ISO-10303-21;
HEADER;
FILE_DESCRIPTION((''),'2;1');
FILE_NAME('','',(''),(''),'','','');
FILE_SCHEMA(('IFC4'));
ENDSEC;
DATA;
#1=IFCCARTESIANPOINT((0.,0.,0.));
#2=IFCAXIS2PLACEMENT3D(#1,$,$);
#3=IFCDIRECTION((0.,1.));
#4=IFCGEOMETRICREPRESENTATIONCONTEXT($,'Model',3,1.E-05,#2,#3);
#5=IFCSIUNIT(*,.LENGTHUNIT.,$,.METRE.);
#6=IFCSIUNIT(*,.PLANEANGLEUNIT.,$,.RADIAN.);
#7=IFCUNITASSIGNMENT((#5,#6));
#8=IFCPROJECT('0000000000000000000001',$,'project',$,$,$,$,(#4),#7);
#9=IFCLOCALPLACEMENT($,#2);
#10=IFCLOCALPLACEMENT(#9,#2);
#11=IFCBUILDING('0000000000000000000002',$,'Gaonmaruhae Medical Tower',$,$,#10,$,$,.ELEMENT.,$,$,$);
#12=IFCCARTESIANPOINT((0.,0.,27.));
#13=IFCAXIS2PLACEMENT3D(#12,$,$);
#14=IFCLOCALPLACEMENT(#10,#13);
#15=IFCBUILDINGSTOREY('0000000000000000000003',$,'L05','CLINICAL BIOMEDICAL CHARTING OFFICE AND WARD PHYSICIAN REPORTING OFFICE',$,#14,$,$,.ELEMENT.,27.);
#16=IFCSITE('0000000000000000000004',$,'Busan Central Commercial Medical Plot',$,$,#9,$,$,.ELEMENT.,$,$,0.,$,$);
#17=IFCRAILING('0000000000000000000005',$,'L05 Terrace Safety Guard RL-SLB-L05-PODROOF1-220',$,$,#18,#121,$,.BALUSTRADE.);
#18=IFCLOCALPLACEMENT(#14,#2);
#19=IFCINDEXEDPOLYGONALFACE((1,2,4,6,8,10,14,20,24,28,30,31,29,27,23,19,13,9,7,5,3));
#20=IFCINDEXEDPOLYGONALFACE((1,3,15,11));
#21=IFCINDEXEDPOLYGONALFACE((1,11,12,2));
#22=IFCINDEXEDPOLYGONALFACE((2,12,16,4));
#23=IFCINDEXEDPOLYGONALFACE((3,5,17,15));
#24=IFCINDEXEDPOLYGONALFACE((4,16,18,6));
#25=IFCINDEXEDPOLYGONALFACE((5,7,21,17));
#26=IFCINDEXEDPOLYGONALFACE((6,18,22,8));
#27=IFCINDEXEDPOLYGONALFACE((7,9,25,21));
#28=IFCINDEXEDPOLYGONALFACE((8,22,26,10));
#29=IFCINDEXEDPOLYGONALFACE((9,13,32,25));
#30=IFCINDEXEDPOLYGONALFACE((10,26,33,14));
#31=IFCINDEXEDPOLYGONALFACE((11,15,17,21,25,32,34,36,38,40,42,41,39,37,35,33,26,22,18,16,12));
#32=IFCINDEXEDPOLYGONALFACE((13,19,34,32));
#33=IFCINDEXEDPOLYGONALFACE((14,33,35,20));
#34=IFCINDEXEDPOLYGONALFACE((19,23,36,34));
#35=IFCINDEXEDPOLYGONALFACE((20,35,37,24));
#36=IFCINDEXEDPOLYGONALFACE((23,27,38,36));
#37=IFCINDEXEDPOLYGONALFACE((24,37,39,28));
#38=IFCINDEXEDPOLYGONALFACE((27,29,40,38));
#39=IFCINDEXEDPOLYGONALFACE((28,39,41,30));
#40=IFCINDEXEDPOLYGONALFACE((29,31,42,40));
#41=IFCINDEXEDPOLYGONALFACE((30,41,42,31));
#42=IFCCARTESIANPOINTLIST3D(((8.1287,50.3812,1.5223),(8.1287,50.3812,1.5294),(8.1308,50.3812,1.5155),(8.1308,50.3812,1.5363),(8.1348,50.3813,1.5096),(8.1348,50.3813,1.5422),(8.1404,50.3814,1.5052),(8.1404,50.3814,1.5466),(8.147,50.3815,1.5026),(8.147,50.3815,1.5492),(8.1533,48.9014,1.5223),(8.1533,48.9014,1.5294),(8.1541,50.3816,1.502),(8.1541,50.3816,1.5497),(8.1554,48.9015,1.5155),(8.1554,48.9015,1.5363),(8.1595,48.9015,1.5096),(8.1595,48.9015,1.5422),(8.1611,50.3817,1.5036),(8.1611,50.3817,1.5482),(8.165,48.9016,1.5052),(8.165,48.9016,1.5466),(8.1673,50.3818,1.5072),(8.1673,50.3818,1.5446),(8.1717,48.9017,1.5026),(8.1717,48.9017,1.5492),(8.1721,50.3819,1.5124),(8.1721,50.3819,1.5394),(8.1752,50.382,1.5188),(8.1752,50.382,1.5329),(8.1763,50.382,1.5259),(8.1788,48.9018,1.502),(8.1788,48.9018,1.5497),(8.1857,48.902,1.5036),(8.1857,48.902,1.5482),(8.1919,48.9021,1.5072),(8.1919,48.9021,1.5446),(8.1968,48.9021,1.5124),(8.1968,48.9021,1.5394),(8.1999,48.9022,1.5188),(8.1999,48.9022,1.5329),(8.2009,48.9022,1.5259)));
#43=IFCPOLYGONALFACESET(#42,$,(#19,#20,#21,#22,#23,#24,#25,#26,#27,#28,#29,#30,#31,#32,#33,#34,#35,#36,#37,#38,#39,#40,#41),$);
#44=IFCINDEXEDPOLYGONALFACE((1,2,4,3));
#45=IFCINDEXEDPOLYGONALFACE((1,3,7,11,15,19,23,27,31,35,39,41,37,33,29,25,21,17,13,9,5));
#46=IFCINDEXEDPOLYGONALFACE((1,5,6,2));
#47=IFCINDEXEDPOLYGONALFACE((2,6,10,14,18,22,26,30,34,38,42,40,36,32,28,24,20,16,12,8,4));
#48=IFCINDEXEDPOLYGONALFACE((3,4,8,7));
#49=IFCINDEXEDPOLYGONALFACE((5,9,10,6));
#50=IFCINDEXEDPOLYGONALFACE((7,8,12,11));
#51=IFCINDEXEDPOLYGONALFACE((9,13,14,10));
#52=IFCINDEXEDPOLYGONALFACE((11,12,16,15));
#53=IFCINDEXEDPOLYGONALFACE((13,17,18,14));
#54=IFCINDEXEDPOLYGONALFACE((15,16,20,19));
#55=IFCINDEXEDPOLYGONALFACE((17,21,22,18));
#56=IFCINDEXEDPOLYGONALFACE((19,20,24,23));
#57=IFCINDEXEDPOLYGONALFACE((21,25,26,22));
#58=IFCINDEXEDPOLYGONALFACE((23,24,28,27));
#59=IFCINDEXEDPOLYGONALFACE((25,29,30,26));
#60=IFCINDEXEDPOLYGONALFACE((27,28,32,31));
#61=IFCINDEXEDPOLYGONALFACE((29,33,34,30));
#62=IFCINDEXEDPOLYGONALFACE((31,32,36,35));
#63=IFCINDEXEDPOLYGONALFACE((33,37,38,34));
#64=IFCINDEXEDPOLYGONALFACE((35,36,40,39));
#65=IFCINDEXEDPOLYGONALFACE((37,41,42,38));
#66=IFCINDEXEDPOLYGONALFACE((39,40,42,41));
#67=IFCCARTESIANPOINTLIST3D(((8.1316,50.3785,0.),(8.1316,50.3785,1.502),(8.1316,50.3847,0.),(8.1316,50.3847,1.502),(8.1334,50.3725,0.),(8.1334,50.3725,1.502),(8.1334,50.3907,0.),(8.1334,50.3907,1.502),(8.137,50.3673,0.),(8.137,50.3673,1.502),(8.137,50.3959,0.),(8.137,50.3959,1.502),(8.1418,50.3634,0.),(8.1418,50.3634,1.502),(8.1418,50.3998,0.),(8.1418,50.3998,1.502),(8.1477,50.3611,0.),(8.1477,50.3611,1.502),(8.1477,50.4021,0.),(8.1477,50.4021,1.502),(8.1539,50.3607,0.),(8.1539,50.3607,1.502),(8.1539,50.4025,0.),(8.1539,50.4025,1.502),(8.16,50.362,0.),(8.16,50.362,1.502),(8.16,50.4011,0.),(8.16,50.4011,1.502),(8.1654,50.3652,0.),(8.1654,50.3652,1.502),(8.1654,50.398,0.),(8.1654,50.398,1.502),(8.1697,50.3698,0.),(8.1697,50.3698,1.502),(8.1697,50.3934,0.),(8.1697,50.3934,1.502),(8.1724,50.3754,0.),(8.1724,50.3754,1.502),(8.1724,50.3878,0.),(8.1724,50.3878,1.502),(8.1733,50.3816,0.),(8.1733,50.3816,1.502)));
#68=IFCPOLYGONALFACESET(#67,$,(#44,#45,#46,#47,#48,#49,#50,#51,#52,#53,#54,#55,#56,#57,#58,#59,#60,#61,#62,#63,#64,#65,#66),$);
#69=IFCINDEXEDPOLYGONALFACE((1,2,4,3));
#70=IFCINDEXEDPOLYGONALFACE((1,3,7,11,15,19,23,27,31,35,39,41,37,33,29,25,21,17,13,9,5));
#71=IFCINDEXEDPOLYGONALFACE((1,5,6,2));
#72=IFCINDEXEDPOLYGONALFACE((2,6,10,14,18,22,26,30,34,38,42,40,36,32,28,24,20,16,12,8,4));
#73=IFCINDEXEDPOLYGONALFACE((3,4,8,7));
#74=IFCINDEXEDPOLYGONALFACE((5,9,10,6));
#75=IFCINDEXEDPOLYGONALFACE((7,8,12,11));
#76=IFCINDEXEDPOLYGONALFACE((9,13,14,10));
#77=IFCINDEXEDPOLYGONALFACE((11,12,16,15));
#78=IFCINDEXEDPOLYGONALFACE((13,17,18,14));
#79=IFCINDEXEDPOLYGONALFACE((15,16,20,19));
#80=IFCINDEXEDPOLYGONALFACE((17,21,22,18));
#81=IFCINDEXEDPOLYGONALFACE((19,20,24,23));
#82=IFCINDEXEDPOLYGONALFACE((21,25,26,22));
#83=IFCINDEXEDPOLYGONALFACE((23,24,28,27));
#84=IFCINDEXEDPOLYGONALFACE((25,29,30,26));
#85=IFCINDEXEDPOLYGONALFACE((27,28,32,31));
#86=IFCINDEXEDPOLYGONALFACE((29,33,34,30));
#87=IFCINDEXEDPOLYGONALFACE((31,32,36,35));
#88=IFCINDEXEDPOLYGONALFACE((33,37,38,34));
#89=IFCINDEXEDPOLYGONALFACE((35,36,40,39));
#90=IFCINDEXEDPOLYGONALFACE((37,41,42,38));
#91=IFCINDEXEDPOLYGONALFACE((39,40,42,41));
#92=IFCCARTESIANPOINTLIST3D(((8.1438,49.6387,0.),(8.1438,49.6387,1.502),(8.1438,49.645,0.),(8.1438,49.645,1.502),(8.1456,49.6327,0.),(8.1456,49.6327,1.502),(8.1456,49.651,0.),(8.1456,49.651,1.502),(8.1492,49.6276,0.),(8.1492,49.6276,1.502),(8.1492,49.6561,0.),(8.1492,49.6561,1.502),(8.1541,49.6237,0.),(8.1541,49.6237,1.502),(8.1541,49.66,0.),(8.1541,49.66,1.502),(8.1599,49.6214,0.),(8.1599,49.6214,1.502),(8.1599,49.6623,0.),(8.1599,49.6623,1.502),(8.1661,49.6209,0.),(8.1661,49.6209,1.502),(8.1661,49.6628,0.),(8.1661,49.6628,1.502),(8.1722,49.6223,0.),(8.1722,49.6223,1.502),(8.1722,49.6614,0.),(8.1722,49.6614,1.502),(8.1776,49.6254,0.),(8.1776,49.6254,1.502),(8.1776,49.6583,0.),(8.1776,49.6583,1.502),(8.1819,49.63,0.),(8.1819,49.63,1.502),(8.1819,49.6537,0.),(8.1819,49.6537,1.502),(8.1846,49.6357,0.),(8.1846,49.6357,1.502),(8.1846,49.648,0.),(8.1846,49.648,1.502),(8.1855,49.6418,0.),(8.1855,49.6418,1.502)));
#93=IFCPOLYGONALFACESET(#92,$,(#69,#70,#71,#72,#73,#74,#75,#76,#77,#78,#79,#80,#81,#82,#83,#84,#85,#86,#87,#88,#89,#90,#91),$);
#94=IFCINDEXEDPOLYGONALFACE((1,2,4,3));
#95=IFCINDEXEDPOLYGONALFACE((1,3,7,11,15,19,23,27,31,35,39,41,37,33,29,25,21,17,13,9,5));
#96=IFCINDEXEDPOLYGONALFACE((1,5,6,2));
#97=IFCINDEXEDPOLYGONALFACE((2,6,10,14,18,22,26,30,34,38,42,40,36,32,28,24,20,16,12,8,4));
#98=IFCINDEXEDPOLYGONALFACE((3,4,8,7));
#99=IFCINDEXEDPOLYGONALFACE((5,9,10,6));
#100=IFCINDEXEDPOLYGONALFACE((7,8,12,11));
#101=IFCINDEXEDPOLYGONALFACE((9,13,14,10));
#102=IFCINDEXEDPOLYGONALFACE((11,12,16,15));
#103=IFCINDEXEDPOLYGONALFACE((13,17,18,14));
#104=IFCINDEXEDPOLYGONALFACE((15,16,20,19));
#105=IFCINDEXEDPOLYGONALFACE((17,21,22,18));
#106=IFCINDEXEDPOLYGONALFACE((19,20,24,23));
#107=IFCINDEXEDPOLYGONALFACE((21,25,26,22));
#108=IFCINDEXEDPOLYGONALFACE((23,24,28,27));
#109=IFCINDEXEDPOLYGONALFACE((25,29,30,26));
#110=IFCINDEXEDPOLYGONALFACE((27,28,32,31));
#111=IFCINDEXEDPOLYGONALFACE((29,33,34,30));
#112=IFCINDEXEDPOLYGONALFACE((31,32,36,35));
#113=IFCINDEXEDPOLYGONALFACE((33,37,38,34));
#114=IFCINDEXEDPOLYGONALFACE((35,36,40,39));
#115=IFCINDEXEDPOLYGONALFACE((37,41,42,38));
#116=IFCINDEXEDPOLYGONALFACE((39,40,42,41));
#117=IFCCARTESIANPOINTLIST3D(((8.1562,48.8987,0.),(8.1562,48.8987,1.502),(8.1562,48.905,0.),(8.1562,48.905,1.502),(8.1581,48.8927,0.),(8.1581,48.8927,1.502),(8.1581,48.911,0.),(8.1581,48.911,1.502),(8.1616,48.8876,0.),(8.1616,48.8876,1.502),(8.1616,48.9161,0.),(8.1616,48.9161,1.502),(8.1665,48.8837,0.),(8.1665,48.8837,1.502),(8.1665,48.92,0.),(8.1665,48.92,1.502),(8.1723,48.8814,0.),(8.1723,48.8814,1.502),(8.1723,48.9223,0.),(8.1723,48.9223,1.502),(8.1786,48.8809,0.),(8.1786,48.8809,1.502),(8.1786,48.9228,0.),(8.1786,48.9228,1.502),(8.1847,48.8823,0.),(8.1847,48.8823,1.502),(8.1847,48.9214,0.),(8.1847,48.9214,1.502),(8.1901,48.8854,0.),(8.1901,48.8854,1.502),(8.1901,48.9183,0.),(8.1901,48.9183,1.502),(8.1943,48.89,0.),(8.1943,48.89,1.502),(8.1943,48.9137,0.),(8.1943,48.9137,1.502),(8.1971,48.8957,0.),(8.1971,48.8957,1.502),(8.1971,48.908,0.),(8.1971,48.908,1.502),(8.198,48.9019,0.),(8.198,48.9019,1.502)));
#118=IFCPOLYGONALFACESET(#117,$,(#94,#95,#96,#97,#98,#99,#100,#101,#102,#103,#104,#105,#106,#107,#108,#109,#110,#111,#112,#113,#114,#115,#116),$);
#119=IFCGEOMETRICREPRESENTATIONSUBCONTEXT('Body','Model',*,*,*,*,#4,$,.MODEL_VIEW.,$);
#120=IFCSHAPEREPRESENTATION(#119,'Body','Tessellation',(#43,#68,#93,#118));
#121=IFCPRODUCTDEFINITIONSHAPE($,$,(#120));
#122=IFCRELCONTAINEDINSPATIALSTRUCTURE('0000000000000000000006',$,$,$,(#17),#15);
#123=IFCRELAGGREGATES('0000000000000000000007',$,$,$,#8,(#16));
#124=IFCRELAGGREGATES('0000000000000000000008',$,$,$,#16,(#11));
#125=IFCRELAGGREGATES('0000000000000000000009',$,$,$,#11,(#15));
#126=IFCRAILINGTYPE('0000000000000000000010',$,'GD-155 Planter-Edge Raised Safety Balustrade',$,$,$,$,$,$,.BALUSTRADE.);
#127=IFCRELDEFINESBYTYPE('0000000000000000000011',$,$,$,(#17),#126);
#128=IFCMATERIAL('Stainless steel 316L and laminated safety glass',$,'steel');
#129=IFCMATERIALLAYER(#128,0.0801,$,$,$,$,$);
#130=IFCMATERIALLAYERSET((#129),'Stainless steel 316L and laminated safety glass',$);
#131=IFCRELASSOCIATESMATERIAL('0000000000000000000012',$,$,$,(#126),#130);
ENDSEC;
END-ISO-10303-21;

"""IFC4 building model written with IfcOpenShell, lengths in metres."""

from ifc_helpers import new_model, si_unit, direction, frame, origin, origin_2d, place, context, subcontext, project, spatial, circle, extrude, material, layer, layer_set, type_object, element, save


model = new_model("IFC4")

# Units and contexts
model_context = context("Model", 3, precision=1e-05, world=origin(), true_north=direction((0.0, 1.0)))
body_context = subcontext(model_context, "Body", "Model", "MODEL_VIEW")
ifc_project = project(units=[si_unit("LENGTHUNIT", "METRE"), si_unit("PLANEANGLEUNIT", "RADIAN")], contexts=[model_context])

# Site, building, storey
site_placement = place(None, origin())
site = spatial("IfcSite", under=ifc_project, at=site_placement, Name="Busan Central Commercial Medical Plot", CompositionType="ELEMENT", RefElevation=0.0)
building_placement = place(site_placement, origin())
building = spatial("IfcBuilding", under=site, at=building_placement, Name="Gaonmaruhae Medical Tower", CompositionType="ELEMENT")
storey_placement = place(building_placement, frame((0.0, 0.0, 27.0)))
storey = spatial("IfcBuildingStorey", under=building, at=storey_placement, Name="L05", Description="CLINICAL BIOMEDICAL CHARTING OFFICE AND WARD PHYSICIAN REPORTING OFFICE", CompositionType="ELEMENT", Elevation=27.0)

# Railing
ifc_material_1 = material(Name="Stainless steel 316L and laminated safety glass", Category="steel")
ifc_layer_1 = layer(ifc_material_1, 0.0801)
ifc_layer_set_1 = layer_set([ifc_layer_1], Name="Stainless steel 316L and laminated safety glass")
railing_type = type_object("IfcRailingType", Name="GD-155 Planter-Edge Raised Safety Balustrade", PredefinedType="BALUSTRADE", material=ifc_layer_set_1)
railing_1_placement = place(storey_placement, frame((8.1523, 50.3816, 0.0)))
element("IfcRailing", 1, at=railing_1_placement, inside=storey, type_object=railing_type, Name="L05 Terrace Safety Guard RL-SLB-L05-PODROOF1-220", PredefinedType="BALUSTRADE", context=body_context, shape_type="SweptSolid", body=[
    extrude(circle(Radius=0.0239, at=origin_2d()), frame((0.0, 0.0, 1.5259), z_axis=(0.016662, -0.999861, 0.0), x_axis=(0.999861, 0.016662, 0.0)), (0.0, 0.0, 1.0), 1.48),
    extrude(circle(Radius=0.021, at=origin_2d()), origin(), (0.0, 0.0, 1.0), 1.502),
    extrude(circle(Radius=0.021, at=origin_2d()), frame((0.0122, -0.7397, 0.0)), (0.0, 0.0, 1.0), 1.502),
    extrude(circle(Radius=0.021, at=origin_2d()), frame((0.0247, -1.4797, 0.0)), (0.0, 0.0, 1.0), 1.502),
])

save(model, "model.ifc")
